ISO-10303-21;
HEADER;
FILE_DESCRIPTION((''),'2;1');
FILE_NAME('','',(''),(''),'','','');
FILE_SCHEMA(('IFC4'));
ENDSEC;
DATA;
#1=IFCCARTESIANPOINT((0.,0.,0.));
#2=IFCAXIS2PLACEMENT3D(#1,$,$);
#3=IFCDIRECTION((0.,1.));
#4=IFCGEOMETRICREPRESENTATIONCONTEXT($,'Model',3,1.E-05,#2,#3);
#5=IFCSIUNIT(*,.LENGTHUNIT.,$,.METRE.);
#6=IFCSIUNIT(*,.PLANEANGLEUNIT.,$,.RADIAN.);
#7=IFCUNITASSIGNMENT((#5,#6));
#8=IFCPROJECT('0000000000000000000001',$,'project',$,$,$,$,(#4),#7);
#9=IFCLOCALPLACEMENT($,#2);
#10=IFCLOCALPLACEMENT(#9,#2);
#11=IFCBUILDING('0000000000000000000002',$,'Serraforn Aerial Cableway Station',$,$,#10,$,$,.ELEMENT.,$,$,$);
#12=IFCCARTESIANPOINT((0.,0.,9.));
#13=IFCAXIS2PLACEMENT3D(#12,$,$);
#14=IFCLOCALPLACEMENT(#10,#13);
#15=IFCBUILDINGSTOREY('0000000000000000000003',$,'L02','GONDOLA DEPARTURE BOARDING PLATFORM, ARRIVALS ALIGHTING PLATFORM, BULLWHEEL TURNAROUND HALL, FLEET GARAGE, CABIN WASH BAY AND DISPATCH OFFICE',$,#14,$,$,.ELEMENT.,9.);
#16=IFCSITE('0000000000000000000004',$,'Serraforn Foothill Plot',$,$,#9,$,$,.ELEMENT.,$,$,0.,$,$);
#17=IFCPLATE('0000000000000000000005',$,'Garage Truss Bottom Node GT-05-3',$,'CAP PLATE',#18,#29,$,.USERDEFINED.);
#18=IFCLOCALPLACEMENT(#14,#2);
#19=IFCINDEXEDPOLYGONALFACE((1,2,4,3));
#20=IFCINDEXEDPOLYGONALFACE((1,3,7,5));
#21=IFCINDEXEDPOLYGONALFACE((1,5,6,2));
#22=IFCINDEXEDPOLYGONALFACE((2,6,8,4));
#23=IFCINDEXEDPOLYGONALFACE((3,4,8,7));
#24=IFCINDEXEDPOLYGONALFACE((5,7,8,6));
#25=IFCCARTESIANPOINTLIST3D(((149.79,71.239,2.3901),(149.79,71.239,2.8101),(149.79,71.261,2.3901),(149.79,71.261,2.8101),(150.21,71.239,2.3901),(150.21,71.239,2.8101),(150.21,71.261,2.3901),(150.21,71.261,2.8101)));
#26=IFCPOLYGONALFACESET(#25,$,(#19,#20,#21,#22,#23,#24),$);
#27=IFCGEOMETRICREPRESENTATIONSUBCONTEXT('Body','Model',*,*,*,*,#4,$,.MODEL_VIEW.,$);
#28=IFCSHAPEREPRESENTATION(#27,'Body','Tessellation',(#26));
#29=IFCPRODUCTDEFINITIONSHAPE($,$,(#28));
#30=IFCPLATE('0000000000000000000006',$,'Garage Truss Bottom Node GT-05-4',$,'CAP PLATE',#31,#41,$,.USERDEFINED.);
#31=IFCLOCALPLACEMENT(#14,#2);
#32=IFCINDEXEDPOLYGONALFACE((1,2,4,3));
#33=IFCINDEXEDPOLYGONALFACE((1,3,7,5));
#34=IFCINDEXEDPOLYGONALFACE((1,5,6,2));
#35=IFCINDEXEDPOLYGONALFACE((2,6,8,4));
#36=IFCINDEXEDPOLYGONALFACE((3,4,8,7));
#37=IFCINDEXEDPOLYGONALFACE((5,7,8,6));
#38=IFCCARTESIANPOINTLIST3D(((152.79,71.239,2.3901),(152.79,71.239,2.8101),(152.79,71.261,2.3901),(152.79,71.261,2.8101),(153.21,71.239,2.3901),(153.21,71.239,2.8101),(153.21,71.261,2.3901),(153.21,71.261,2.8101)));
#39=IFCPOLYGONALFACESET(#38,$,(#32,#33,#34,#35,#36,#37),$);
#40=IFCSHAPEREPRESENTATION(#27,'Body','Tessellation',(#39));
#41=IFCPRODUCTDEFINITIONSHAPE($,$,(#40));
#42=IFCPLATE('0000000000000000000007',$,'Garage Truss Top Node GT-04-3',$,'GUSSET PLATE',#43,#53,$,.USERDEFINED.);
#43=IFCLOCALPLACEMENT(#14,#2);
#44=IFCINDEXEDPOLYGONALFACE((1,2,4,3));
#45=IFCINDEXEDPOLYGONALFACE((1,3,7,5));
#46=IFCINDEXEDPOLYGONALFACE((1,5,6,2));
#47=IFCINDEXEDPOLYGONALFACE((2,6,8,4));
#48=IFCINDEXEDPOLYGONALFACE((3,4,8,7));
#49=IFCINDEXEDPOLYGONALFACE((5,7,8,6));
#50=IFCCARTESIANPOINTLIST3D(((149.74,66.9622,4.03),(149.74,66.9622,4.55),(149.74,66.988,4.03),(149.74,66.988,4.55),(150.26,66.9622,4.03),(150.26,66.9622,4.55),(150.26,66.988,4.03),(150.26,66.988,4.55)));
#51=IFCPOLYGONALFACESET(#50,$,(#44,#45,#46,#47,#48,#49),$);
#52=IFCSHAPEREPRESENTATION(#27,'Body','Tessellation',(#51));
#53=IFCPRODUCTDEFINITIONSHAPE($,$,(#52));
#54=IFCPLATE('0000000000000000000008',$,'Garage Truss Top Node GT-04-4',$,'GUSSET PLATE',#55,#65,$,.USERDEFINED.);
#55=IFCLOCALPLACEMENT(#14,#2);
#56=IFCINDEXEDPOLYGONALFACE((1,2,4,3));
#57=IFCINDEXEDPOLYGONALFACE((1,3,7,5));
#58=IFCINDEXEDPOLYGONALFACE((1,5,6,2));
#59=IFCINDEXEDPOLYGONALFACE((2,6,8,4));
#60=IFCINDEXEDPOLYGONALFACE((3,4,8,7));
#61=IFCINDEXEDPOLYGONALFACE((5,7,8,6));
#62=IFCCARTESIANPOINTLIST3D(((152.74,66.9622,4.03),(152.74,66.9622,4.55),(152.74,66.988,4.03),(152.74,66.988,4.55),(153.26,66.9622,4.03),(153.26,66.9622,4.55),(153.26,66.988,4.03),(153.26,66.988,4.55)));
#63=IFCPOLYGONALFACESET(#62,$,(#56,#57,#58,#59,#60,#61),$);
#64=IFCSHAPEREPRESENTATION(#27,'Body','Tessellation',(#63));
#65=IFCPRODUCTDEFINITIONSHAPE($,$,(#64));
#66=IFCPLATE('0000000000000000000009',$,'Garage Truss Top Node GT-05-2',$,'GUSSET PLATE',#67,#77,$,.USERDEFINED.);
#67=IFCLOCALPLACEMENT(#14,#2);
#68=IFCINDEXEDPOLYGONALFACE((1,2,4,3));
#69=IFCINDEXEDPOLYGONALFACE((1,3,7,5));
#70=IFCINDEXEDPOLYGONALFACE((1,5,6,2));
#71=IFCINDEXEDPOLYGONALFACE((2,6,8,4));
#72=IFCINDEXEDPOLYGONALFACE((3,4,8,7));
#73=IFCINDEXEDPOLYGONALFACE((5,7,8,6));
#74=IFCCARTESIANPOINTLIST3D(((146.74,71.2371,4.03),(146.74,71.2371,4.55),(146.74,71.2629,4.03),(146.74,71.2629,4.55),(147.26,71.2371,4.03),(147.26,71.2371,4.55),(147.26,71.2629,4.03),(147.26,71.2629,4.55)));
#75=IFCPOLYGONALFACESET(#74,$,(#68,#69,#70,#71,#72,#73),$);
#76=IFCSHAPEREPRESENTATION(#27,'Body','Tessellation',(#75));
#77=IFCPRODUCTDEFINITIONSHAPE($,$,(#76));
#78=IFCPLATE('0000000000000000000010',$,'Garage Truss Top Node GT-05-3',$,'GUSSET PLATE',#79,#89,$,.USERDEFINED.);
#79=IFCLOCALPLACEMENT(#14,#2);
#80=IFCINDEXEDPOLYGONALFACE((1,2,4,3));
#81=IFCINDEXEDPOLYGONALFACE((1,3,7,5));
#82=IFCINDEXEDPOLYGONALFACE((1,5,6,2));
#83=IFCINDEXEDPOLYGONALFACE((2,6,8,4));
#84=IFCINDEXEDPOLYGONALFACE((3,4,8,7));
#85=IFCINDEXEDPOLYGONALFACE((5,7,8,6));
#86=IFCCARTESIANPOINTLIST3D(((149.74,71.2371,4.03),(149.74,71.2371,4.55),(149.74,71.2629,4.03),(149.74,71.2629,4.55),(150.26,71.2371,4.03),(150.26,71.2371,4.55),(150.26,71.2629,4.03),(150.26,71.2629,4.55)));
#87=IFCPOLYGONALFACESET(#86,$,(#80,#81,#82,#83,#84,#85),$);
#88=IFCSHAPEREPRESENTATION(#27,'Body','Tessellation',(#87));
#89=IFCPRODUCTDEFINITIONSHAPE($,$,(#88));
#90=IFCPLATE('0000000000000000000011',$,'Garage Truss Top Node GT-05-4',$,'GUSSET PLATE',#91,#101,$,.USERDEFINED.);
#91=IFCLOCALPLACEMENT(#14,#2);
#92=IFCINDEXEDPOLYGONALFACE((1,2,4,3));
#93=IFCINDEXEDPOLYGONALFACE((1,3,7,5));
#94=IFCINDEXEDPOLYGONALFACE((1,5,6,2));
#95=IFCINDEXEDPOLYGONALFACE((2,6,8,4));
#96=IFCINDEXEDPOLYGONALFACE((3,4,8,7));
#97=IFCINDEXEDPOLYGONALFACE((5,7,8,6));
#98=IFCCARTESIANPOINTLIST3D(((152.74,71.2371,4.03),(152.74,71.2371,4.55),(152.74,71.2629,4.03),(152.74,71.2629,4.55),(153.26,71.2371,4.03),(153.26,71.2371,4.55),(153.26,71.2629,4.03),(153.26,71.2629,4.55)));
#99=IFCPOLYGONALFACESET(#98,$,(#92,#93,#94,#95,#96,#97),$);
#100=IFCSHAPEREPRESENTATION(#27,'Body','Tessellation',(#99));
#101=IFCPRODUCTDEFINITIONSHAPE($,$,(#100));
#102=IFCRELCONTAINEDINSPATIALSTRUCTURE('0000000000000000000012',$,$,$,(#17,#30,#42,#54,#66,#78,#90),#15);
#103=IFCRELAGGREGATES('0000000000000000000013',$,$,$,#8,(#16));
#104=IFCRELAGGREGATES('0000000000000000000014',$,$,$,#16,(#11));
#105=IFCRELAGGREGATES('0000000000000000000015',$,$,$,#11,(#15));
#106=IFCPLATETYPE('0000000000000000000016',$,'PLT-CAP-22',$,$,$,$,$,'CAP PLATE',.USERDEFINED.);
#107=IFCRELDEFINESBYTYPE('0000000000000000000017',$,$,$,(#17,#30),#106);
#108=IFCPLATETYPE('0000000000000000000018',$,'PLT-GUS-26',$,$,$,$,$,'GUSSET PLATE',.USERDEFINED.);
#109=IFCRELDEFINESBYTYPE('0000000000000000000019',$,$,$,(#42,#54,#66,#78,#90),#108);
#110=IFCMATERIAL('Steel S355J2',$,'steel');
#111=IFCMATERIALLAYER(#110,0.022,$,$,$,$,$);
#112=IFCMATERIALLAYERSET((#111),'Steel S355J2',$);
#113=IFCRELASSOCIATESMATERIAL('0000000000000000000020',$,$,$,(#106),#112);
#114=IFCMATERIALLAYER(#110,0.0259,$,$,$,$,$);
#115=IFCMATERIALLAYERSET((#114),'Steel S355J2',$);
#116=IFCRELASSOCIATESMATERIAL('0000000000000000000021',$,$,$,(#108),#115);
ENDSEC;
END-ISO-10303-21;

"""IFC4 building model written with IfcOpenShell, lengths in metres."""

from ifc_helpers import new_model, si_unit, direction, frame, origin, origin_2d, place, context, subcontext, project, spatial, rectangle, extrude, material, layer, layer_set, type_object, element, save


model = new_model("IFC4")

# Units and contexts
model_context = context("Model", 3, precision=1e-05, world=origin(), true_north=direction((0.0, 1.0)))
body_context = subcontext(model_context, "Body", "Model", "MODEL_VIEW")
ifc_project = project(units=[si_unit("LENGTHUNIT", "METRE"), si_unit("PLANEANGLEUNIT", "RADIAN")], contexts=[model_context])

# Site, building, storey
site_placement = place(None, origin())
site = spatial("IfcSite", under=ifc_project, at=site_placement, Name="Serraforn Foothill Plot", CompositionType="ELEMENT", RefElevation=0.0)
building_placement = place(site_placement, origin())
building = spatial("IfcBuilding", under=site, at=building_placement, Name="Serraforn Aerial Cableway Station", CompositionType="ELEMENT")
storey_placement = place(building_placement, frame((0.0, 0.0, 9.0)))
storey = spatial("IfcBuildingStorey", under=building, at=storey_placement, Name="L02", Description="GONDOLA DEPARTURE BOARDING PLATFORM, ARRIVALS ALIGHTING PLATFORM, BULLWHEEL TURNAROUND HALL, FLEET GARAGE, CABIN WASH BAY AND DISPATCH OFFICE", CompositionType="ELEMENT", Elevation=9.0)

# Shared definitions
ifc_material_1 = material(Name="Steel S355J2", Category="steel")

# Plates
ifc_layer_1 = layer(ifc_material_1, 0.022)
ifc_layer_set_1 = layer_set([ifc_layer_1], Name="Steel S355J2")
plate_type_1 = type_object("IfcPlateType", Name="PLT-CAP-22", ElementType="CAP PLATE", PredefinedType="USERDEFINED", material=ifc_layer_set_1)
for number, where, z_axis, x_axis, name in (
    (1, (150.0, 71.25, 2.3901), (0.0, 0.0, 1.0), (1.0, 0.0, 0.0), "Garage Truss Bottom Node GT-05-3"),
    (2, (153.0, 71.25, 2.3901), (0.0, 0.0, 1.0), (1.0, 0.0, 0.0), "Garage Truss Bottom Node GT-05-4"),
):
    element("IfcPlate", number, at=place(storey_placement, frame(where, z_axis=z_axis, x_axis=x_axis)), inside=storey, type_object=plate_type_1, Name=name, ObjectType="CAP PLATE", PredefinedType="USERDEFINED", context=body_context, shape_type="SweptSolid", body=[
        extrude(rectangle(XDim=0.4199, YDim=0.022, at=origin_2d()), origin(), (0.0, 0.0, 1.0), 0.4199),
    ])
ifc_layer_2 = layer(ifc_material_1, 0.0259)
ifc_layer_set_2 = layer_set([ifc_layer_2], Name="Steel S355J2")
plate_type_2 = type_object("IfcPlateType", Name="PLT-GUS-26", ElementType="GUSSET PLATE", PredefinedType="USERDEFINED", material=ifc_layer_set_2)
for number, where, z_axis, x_axis, name in (
    (3, (150.0, 66.9751, 4.03), (0.0, 0.0, 1.0), (1.0, 0.0, 0.0), "Garage Truss Top Node GT-04-3"),
    (4, (153.0, 66.9751, 4.03), (0.0, 0.0, 1.0), (1.0, 0.0, 0.0), "Garage Truss Top Node GT-04-4"),
    (5, (147.0, 71.25, 4.03), (0.0, 0.0, 1.0), (1.0, 0.0, 0.0), "Garage Truss Top Node GT-05-2"),
    (6, (150.0, 71.25, 4.03), (0.0, 0.0, 1.0), (1.0, 0.0, 0.0), "Garage Truss Top Node GT-05-3"),
    (7, (153.0, 71.25, 4.03), (0.0, 0.0, 1.0), (1.0, 0.0, 0.0), "Garage Truss Top Node GT-05-4"),
):
    element("IfcPlate", number, at=place(storey_placement, frame(where, z_axis=z_axis, x_axis=x_axis)), inside=storey, type_object=plate_type_2, Name=name, ObjectType="GUSSET PLATE", PredefinedType="USERDEFINED", context=body_context, shape_type="SweptSolid", body=[
        extrude(rectangle(XDim=0.52, YDim=0.0259, at=origin_2d()), origin(), (0.0, 0.0, 1.0), 0.52),
    ])

save(model, "model.ifc")
